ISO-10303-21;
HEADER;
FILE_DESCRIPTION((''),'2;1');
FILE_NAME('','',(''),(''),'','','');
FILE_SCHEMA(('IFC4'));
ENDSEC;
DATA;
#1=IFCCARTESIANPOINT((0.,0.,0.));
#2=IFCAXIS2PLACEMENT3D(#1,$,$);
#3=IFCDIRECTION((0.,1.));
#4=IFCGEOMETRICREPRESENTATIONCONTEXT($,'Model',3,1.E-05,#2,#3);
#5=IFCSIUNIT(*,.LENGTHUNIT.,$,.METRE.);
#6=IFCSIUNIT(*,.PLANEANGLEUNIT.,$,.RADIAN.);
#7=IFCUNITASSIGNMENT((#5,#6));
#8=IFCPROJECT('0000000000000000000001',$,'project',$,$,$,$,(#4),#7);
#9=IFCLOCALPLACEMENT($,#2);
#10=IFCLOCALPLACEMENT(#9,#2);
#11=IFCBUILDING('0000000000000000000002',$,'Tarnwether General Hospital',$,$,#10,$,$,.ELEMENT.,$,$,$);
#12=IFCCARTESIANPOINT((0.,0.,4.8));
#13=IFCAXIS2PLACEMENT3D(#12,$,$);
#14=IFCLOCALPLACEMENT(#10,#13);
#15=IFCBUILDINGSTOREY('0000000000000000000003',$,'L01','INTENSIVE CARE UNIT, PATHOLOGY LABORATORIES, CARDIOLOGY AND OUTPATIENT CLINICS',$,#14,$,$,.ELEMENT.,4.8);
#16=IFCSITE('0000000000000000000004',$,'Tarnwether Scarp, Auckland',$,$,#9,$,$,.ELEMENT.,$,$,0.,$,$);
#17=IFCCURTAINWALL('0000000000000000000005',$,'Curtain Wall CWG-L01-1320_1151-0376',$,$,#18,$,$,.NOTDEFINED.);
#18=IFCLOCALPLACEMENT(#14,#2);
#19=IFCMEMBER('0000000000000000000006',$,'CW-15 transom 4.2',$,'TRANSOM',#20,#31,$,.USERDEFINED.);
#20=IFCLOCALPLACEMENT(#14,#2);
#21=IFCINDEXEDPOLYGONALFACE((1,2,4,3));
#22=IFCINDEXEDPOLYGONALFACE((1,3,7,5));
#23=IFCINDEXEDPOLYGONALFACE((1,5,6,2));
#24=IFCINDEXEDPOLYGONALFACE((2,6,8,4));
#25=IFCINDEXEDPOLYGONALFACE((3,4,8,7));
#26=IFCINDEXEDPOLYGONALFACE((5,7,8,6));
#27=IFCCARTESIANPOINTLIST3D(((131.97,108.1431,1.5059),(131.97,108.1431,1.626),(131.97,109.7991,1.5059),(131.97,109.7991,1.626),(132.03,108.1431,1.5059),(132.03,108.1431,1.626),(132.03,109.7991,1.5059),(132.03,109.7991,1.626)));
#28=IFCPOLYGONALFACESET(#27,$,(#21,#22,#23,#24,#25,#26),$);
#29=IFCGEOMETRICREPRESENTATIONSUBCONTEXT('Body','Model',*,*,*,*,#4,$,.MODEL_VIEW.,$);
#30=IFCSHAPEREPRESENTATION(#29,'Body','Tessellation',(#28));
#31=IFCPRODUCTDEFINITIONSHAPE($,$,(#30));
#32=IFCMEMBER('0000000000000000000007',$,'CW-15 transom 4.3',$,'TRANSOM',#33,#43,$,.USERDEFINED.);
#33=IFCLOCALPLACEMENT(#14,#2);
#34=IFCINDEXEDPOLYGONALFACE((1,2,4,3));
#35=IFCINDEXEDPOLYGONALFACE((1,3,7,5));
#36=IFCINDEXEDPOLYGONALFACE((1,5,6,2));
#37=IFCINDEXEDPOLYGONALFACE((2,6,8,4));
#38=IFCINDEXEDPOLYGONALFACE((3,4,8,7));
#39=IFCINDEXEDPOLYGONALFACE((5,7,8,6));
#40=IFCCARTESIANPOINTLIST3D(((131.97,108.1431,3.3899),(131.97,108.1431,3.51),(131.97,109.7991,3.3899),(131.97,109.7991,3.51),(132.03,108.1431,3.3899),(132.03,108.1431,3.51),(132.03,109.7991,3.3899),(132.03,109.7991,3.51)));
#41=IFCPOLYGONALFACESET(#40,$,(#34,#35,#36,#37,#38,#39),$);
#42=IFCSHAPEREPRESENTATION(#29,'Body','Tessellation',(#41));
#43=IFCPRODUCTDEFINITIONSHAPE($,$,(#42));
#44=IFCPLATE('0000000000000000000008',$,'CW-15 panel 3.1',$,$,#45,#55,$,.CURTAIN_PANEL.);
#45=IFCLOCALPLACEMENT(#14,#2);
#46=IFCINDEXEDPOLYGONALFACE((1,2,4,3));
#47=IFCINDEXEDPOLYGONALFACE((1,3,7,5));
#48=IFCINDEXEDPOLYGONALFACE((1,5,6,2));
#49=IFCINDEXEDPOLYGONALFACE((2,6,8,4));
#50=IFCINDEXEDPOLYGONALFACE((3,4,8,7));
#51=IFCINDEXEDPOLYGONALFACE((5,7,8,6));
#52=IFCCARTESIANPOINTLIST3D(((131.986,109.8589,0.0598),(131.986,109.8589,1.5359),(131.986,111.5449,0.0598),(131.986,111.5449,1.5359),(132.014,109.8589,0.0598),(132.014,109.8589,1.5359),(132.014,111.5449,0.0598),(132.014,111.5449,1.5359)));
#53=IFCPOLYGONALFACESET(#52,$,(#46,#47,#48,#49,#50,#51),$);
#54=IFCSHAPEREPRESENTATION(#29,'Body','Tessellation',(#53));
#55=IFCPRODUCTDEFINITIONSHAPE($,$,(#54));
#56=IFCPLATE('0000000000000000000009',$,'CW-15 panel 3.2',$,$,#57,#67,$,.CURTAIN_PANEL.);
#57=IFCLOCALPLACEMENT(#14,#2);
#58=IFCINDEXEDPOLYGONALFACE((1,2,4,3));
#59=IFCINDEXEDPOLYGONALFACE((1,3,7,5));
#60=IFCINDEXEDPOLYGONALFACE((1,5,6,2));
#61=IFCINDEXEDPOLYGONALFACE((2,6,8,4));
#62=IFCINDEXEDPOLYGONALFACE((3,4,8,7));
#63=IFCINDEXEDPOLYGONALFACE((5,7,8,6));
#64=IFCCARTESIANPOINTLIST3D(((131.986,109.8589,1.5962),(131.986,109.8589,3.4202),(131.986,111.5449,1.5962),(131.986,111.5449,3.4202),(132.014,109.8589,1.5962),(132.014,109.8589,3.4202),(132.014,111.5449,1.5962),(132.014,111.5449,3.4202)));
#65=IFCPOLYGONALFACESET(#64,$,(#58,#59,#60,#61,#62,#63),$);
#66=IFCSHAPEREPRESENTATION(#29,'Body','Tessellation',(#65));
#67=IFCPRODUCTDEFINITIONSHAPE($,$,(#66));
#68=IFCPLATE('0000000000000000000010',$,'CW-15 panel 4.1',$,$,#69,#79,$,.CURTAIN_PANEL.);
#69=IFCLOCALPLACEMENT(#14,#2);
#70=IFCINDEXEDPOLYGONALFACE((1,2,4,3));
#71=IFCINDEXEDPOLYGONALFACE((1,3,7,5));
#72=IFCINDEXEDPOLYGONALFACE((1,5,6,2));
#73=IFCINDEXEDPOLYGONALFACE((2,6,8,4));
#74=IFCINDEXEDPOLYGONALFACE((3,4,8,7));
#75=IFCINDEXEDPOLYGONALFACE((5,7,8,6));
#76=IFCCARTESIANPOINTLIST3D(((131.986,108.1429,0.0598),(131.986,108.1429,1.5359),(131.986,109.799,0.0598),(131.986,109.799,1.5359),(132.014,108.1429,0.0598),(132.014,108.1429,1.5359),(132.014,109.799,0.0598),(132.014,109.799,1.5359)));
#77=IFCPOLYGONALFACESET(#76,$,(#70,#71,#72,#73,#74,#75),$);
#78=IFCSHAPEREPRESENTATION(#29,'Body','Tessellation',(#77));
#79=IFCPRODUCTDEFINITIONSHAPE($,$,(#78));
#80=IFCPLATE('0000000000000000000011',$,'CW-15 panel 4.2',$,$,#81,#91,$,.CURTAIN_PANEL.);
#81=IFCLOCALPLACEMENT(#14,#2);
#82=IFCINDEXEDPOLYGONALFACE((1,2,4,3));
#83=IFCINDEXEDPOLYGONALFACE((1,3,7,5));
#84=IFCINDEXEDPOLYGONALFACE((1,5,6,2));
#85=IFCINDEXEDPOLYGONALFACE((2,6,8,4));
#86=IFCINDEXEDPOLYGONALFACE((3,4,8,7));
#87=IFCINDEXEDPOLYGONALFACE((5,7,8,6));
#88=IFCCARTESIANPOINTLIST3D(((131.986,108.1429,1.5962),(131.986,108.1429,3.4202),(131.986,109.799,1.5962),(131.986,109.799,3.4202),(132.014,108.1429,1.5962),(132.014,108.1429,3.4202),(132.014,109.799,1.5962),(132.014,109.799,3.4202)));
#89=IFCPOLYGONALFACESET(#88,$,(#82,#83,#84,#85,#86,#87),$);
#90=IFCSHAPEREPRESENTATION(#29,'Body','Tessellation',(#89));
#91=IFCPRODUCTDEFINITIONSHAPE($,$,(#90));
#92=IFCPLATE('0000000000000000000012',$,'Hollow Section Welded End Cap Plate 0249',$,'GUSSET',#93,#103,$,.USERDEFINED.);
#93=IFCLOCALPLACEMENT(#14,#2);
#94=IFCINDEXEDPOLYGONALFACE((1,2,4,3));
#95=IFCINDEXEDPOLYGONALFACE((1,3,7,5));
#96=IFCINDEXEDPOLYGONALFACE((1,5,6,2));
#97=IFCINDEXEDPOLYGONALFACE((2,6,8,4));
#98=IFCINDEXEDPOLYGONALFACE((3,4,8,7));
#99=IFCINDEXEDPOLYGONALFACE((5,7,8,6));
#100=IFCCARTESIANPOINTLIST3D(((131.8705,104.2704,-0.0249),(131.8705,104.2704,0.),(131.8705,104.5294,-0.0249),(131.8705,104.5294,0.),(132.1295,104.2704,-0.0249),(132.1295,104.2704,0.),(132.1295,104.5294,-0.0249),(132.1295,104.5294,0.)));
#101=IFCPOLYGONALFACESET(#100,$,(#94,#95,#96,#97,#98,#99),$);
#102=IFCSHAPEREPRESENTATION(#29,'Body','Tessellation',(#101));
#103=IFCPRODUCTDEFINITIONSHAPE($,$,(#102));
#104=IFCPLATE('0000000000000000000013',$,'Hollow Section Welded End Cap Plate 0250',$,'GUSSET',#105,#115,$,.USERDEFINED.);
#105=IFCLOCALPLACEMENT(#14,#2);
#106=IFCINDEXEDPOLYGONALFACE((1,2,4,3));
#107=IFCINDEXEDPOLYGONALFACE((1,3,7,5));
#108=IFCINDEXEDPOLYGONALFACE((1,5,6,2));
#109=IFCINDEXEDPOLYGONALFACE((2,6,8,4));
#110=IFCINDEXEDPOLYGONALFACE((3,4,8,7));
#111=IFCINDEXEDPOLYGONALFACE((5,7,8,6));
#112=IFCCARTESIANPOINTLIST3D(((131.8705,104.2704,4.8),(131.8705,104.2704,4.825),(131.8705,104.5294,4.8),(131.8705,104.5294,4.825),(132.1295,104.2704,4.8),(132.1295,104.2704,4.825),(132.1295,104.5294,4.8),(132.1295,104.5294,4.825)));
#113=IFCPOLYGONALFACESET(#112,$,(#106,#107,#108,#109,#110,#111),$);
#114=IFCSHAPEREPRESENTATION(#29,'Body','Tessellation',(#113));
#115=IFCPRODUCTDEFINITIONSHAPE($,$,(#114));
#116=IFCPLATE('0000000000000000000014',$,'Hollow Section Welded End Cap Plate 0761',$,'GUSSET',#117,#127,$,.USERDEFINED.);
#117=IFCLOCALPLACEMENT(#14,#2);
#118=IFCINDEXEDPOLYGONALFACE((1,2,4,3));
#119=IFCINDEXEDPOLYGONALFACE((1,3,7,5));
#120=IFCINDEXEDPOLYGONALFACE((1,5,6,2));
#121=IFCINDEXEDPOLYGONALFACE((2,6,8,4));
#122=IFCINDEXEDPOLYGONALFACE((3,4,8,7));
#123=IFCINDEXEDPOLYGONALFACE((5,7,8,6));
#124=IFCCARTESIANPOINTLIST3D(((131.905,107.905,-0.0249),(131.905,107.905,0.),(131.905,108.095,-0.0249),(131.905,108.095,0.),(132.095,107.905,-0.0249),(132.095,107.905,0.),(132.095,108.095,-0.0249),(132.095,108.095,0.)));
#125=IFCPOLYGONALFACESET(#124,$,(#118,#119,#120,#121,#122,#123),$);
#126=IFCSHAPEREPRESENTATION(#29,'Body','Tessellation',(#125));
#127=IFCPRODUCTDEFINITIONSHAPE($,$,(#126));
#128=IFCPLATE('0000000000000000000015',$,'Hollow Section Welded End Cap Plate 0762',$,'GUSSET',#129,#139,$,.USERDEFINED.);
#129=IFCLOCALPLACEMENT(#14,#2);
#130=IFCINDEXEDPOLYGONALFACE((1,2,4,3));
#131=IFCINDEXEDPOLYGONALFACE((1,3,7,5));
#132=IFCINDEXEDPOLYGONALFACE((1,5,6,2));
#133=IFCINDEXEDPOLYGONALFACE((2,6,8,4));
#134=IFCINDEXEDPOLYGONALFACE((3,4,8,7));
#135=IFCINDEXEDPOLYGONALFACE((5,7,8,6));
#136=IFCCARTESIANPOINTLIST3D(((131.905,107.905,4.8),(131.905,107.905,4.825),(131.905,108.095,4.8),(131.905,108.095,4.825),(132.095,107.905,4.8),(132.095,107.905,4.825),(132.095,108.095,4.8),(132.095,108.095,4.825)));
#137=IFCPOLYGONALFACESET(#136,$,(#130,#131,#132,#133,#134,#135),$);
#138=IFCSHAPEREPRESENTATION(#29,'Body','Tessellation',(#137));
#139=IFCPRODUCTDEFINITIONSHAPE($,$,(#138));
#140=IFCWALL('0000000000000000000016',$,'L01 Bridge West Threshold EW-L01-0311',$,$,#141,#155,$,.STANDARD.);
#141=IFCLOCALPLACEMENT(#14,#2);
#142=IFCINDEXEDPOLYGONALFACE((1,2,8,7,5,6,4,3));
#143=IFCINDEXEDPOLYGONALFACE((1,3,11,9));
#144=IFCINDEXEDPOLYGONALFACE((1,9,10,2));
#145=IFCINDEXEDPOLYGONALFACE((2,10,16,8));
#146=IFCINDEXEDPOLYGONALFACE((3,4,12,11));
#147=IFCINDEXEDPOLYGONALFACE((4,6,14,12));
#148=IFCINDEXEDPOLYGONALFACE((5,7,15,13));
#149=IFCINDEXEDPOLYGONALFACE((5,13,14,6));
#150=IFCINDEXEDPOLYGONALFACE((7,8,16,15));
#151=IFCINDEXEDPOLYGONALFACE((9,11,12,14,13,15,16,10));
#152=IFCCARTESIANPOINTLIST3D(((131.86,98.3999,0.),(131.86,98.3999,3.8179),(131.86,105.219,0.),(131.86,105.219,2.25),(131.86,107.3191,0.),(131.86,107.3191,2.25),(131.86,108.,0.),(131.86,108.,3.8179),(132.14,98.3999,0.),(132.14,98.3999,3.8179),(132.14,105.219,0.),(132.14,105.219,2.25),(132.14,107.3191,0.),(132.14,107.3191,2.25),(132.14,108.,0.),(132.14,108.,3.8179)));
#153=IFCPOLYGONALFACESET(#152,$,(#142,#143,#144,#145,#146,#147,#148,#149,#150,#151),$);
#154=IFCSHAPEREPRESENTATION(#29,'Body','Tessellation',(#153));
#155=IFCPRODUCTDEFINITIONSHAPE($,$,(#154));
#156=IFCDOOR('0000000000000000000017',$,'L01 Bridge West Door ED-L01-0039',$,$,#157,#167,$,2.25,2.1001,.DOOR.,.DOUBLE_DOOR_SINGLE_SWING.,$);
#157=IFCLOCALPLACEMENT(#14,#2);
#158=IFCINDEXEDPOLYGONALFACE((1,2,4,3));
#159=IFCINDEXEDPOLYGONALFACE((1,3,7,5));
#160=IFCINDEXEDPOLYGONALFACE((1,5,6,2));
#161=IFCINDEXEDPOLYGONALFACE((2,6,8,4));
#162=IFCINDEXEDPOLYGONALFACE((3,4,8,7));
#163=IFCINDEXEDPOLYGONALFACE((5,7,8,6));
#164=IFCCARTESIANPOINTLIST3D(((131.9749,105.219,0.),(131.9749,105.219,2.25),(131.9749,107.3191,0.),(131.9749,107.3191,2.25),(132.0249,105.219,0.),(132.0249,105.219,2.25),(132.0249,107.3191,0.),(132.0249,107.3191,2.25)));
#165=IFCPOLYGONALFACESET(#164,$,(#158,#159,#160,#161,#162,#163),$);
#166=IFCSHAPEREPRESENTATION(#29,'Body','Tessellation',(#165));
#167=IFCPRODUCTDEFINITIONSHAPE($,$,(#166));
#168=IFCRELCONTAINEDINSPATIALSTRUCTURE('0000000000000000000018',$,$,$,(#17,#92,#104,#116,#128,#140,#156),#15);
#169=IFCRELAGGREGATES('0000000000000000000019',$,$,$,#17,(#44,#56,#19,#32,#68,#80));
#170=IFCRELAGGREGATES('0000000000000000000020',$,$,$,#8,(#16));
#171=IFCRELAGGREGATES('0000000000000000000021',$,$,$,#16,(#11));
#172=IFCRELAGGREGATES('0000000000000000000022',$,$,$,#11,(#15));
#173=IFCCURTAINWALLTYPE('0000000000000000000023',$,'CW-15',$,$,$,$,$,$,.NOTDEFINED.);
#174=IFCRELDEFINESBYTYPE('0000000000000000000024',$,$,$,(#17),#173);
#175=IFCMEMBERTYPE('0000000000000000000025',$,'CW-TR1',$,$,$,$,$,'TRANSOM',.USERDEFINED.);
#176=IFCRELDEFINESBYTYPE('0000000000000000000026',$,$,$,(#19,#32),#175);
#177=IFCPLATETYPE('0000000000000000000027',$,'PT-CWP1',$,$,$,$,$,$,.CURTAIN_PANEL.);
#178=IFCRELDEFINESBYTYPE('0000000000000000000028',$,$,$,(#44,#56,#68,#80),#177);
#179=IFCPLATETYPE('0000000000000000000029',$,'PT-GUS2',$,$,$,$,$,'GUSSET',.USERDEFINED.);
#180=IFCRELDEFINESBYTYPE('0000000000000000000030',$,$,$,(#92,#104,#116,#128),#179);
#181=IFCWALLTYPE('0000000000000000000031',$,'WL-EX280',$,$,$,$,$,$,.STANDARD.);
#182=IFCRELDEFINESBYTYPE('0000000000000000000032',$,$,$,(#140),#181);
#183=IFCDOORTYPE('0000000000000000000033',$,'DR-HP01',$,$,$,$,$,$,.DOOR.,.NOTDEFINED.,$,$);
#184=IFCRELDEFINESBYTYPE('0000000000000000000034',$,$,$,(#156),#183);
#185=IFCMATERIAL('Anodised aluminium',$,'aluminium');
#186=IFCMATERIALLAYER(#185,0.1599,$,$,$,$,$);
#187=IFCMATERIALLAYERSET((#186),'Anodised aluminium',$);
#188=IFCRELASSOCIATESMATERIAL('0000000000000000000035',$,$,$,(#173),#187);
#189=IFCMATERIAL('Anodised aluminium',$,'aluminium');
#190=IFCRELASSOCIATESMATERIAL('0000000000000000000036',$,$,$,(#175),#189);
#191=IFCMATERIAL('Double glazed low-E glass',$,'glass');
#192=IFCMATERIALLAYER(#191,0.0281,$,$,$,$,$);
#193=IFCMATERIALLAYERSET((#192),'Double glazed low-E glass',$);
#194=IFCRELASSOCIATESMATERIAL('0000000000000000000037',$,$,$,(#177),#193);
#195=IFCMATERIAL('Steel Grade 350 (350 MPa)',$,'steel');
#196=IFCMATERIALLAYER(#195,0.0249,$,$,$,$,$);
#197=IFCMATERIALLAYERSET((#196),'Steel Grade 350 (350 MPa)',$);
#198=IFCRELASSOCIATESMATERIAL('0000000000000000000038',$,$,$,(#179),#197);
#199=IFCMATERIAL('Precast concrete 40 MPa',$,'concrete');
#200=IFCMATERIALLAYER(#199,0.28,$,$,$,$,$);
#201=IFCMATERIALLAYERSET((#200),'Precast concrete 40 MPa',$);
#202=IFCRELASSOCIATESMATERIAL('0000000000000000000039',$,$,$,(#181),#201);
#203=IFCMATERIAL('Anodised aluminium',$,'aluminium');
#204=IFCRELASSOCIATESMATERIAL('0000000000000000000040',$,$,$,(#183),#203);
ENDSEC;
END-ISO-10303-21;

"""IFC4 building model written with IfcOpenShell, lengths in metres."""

from ifc_helpers import new_model, si_unit, direction, frame, frame_2d, origin, origin_2d, place, context, subcontext, project, spatial, rectangle, extrude, material, layer, layer_set, material_profile, profile_set, type_object, element, fill, aggregate, save


model = new_model("IFC4")

# Units and contexts
model_context = context("Model", 3, precision=1e-05, world=origin(), true_north=direction((0.0, 1.0)))
body_context = subcontext(model_context, "Body", "Model", "MODEL_VIEW")
ifc_project = project(units=[si_unit("LENGTHUNIT", "METRE"), si_unit("PLANEANGLEUNIT", "RADIAN")], contexts=[model_context])

# Site, building, storey
site_placement = place(None, origin())
site = spatial("IfcSite", under=ifc_project, at=site_placement, Name="Tarnwether Scarp, Auckland", CompositionType="ELEMENT", RefElevation=0.0)
building_placement = place(site_placement, origin())
building = spatial("IfcBuilding", under=site, at=building_placement, Name="Tarnwether General Hospital", CompositionType="ELEMENT")
storey_placement = place(building_placement, frame((0.0, 0.0, 4.8)))
storey = spatial("IfcBuildingStorey", under=building, at=storey_placement, Name="L01", Description="INTENSIVE CARE UNIT, PATHOLOGY LABORATORIES, CARDIOLOGY AND OUTPATIENT CLINICS", CompositionType="ELEMENT", Elevation=4.8)

# Curtain wall, members, plates
ifc_material_1 = material(Name="Anodised aluminium", Category="aluminium")
ifc_layer_1 = layer(ifc_material_1, 0.1599)
ifc_layer_set_1 = layer_set([ifc_layer_1], Name="Anodised aluminium")
curtain_wall_type = type_object("IfcCurtainWallType", Name="CW-15", PredefinedType="NOTDEFINED", material=ifc_layer_set_1)
curtain_wall_placement = place(storey_placement, origin())
curtain_wall = element("IfcCurtainWall", 1, at=curtain_wall_placement, inside=storey, type_object=curtain_wall_type, Name="Curtain Wall CWG-L01-1320_1151-0376", PredefinedType="NOTDEFINED")
ifc_material_2 = material(Name="Anodised aluminium", Category="aluminium")
ifc_material_profile_1 = material_profile(ifc_material_2, rectangle(XDim=0.0601, YDim=0.1201, at=origin_2d()), Name="ALU-TRN-60x120")
ifc_profile_set_1 = profile_set([ifc_material_profile_1], Name="Anodised aluminium")
member_type_1 = type_object("IfcMemberType", Name="CW-TR1", ElementType="TRANSOM", PredefinedType="USERDEFINED", material=ifc_profile_set_1)
member_1_placement = place(storey_placement, frame((132.0, 109.7991, 1.5659), z_axis=(0.0, -1.0, 0.0), x_axis=(1.0, 0.0, 0.0)))
member_1 = element("IfcMember", 2, at=member_1_placement, type_object=member_type_1, Name="CW-15 transom 4.2", ObjectType="TRANSOM", PredefinedType="USERDEFINED", context=body_context, shape_type="SweptSolid", body=[
    extrude(rectangle(XDim=0.0601, YDim=0.1201, at=origin_2d()), origin(), (0.0, 0.0, 1.0), 1.656),
])
member_2_placement = place(storey_placement, frame((132.0, 109.7991, 3.45), z_axis=(0.0, -1.0, 0.0), x_axis=(1.0, 0.0, 0.0)))
member_2 = element("IfcMember", 3, at=member_2_placement, type_object=member_type_1, Name="CW-15 transom 4.3", ObjectType="TRANSOM", PredefinedType="USERDEFINED", context=body_context, shape_type="SweptSolid", body=[
    extrude(rectangle(XDim=0.0601, YDim=0.1201, at=origin_2d()), origin(), (0.0, 0.0, 1.0), 1.656),
])
ifc_material_3 = material(Name="Double glazed low-E glass", Category="glass")
ifc_layer_2 = layer(ifc_material_3, 0.0281)
ifc_layer_set_2 = layer_set([ifc_layer_2], Name="Double glazed low-E glass")
plate_type_1 = type_object("IfcPlateType", Name="PT-CWP1", PredefinedType="CURTAIN_PANEL", material=ifc_layer_set_2)
plate_1_placement = place(storey_placement, frame((132.0, 110.7019, 0.0598), z_axis=(0.0, 0.0, 1.0), x_axis=(0.0, -1.0, 0.0)))
plate_1 = element("IfcPlate", 4, at=plate_1_placement, type_object=plate_type_1, Name="CW-15 panel 3.1", PredefinedType="CURTAIN_PANEL", context=body_context, shape_type="SweptSolid", body=[
    extrude(rectangle(XDim=1.686, YDim=0.0281, at=origin_2d()), origin(), (0.0, 0.0, 1.0), 1.4761),
])
plate_2_placement = place(storey_placement, frame((132.0, 110.7019, 1.5962), z_axis=(0.0, 0.0, 1.0), x_axis=(0.0, -1.0, 0.0)))
plate_2 = element("IfcPlate", 5, at=plate_2_placement, type_object=plate_type_1, Name="CW-15 panel 3.2", PredefinedType="CURTAIN_PANEL", context=body_context, shape_type="SweptSolid", body=[
    extrude(rectangle(XDim=1.686, YDim=0.0281, at=origin_2d()), origin(), (0.0, 0.0, 1.0), 1.824),
])
plate_3_placement = place(storey_placement, frame((132.0, 108.9709, 0.0598), z_axis=(0.0, 0.0, 1.0), x_axis=(0.0, -1.0, 0.0)))
plate_3 = element("IfcPlate", 6, at=plate_3_placement, type_object=plate_type_1, Name="CW-15 panel 4.1", PredefinedType="CURTAIN_PANEL", context=body_context, shape_type="SweptSolid", body=[
    extrude(rectangle(XDim=1.656, YDim=0.0281, at=origin_2d()), origin(), (0.0, 0.0, 1.0), 1.4761),
])
plate_4_placement = place(storey_placement, frame((132.0, 108.9709, 1.5962), z_axis=(0.0, 0.0, 1.0), x_axis=(0.0, -1.0, 0.0)))
plate_4 = element("IfcPlate", 7, at=plate_4_placement, type_object=plate_type_1, Name="CW-15 panel 4.2", PredefinedType="CURTAIN_PANEL", context=body_context, shape_type="SweptSolid", body=[
    extrude(rectangle(XDim=1.656, YDim=0.0281, at=origin_2d()), origin(), (0.0, 0.0, 1.0), 1.824),
])
aggregate(curtain_wall, [plate_1, plate_2, member_1, member_2, plate_3, plate_4])

# Plates
ifc_material_4 = material(Name="Steel Grade 350 (350 MPa)", Category="steel")
ifc_layer_3 = layer(ifc_material_4, 0.0249)
ifc_layer_set_3 = layer_set([ifc_layer_3], Name="Steel Grade 350 (350 MPa)")
plate_type_2 = type_object("IfcPlateType", Name="PT-GUS2", ElementType="GUSSET", PredefinedType="USERDEFINED", material=ifc_layer_set_3)
for number, where, z_axis, x_axis, name in (
    (8, (132.0, 104.3999, -0.0249), (0.0, 0.0, 1.0), (1.0, 0.0, 0.0), "Hollow Section Welded End Cap Plate 0249"),
    (9, (132.0, 104.3999, 4.8), (0.0, 0.0, 1.0), (1.0, 0.0, 0.0), "Hollow Section Welded End Cap Plate 0250"),
):
    element("IfcPlate", number, at=place(storey_placement, frame(where, z_axis=z_axis, x_axis=x_axis)), inside=storey, type_object=plate_type_2, Name=name, ObjectType="GUSSET", PredefinedType="USERDEFINED", context=body_context, shape_type="SweptSolid", body=[
        extrude(rectangle(XDim=0.259, YDim=0.259, at=origin_2d()), origin(), (0.0, 0.0, 1.0), 0.0249),
    ])
for number, where, z_axis, x_axis, name in (
    (10, (132.0, 108.0, -0.0249), (0.0, 0.0, 1.0), (1.0, 0.0, 0.0), "Hollow Section Welded End Cap Plate 0761"),
    (11, (132.0, 108.0, 4.8), (0.0, 0.0, 1.0), (1.0, 0.0, 0.0), "Hollow Section Welded End Cap Plate 0762"),
):
    element("IfcPlate", number, at=place(storey_placement, frame(where, z_axis=z_axis, x_axis=x_axis)), inside=storey, type_object=plate_type_2, Name=name, ObjectType="GUSSET", PredefinedType="USERDEFINED", context=body_context, shape_type="SweptSolid", body=[
        extrude(rectangle(XDim=0.1899, YDim=0.1899, at=origin_2d()), origin(), (0.0, 0.0, 1.0), 0.0249),
    ])

# Wall, opening, door
ifc_material_5 = material(Name="Precast concrete 40 MPa", Category="concrete")
ifc_layer_4 = layer(ifc_material_5, 0.28)
ifc_layer_set_4 = layer_set([ifc_layer_4], Name="Precast concrete 40 MPa")
wall_type = type_object("IfcWallType", Name="WL-EX280", PredefinedType="STANDARD", material=ifc_layer_set_4)
wall_placement = place(storey_placement, frame((132.0, 108.0, 0.0), z_axis=(0.0, 0.0, 1.0), x_axis=(0.0, -1.0, 0.0)))
wall = element("IfcWall", 12, at=wall_placement, inside=storey, type_object=wall_type, Name="L01 Bridge West Threshold EW-L01-0311", PredefinedType="STANDARD", context=body_context, shape_type="SweptSolid", body=[
    extrude(rectangle(XDim=9.6001, YDim=0.28, at=frame_2d((4.8, 0.0))), origin(), (0.0, 0.0, 1.0), 3.8179),
])
opening_placement = place(wall_placement, frame((0.6809, 0.0, 0.0)))
opening = element("IfcOpeningElement", 13, at=opening_placement, cuts=wall, PredefinedType="OPENING", context=body_context, shape_type="SweptSolid", body=[
    extrude(rectangle(XDim=2.1001, YDim=2.25, at=frame_2d((1.05, 1.125))), frame((0.0, 0.1499, 0.0), z_axis=(0.0, -1.0, 0.0), x_axis=(1.0, 0.0, 0.0)), (0.0, 0.0, 1.0), 0.3),
])
ifc_material_6 = material(Name="Anodised aluminium", Category="aluminium")
door_type = type_object("IfcDoorType", Name="DR-HP01", OperationType="NOTDEFINED", PredefinedType="DOOR", material=ifc_material_6)
door_placement = place(opening_placement, origin())
door = element("IfcDoor", 14, at=door_placement, inside=storey, type_object=door_type, Name="L01 Bridge West Door ED-L01-0039", OperationType="DOUBLE_DOOR_SINGLE_SWING", OverallHeight=2.25, OverallWidth=2.1001, PredefinedType="DOOR", context=body_context, shape_type="SweptSolid", body=[
    extrude(rectangle(XDim=2.1001, YDim=2.25, at=frame_2d((1.05, 1.125))), frame((0.0, 0.0249, 0.0), z_axis=(0.0, -1.0, 0.0), x_axis=(1.0, 0.0, 0.0)), (0.0, 0.0, 1.0), 0.05),
])
fill(opening, door)

save(model, "model.ifc")
